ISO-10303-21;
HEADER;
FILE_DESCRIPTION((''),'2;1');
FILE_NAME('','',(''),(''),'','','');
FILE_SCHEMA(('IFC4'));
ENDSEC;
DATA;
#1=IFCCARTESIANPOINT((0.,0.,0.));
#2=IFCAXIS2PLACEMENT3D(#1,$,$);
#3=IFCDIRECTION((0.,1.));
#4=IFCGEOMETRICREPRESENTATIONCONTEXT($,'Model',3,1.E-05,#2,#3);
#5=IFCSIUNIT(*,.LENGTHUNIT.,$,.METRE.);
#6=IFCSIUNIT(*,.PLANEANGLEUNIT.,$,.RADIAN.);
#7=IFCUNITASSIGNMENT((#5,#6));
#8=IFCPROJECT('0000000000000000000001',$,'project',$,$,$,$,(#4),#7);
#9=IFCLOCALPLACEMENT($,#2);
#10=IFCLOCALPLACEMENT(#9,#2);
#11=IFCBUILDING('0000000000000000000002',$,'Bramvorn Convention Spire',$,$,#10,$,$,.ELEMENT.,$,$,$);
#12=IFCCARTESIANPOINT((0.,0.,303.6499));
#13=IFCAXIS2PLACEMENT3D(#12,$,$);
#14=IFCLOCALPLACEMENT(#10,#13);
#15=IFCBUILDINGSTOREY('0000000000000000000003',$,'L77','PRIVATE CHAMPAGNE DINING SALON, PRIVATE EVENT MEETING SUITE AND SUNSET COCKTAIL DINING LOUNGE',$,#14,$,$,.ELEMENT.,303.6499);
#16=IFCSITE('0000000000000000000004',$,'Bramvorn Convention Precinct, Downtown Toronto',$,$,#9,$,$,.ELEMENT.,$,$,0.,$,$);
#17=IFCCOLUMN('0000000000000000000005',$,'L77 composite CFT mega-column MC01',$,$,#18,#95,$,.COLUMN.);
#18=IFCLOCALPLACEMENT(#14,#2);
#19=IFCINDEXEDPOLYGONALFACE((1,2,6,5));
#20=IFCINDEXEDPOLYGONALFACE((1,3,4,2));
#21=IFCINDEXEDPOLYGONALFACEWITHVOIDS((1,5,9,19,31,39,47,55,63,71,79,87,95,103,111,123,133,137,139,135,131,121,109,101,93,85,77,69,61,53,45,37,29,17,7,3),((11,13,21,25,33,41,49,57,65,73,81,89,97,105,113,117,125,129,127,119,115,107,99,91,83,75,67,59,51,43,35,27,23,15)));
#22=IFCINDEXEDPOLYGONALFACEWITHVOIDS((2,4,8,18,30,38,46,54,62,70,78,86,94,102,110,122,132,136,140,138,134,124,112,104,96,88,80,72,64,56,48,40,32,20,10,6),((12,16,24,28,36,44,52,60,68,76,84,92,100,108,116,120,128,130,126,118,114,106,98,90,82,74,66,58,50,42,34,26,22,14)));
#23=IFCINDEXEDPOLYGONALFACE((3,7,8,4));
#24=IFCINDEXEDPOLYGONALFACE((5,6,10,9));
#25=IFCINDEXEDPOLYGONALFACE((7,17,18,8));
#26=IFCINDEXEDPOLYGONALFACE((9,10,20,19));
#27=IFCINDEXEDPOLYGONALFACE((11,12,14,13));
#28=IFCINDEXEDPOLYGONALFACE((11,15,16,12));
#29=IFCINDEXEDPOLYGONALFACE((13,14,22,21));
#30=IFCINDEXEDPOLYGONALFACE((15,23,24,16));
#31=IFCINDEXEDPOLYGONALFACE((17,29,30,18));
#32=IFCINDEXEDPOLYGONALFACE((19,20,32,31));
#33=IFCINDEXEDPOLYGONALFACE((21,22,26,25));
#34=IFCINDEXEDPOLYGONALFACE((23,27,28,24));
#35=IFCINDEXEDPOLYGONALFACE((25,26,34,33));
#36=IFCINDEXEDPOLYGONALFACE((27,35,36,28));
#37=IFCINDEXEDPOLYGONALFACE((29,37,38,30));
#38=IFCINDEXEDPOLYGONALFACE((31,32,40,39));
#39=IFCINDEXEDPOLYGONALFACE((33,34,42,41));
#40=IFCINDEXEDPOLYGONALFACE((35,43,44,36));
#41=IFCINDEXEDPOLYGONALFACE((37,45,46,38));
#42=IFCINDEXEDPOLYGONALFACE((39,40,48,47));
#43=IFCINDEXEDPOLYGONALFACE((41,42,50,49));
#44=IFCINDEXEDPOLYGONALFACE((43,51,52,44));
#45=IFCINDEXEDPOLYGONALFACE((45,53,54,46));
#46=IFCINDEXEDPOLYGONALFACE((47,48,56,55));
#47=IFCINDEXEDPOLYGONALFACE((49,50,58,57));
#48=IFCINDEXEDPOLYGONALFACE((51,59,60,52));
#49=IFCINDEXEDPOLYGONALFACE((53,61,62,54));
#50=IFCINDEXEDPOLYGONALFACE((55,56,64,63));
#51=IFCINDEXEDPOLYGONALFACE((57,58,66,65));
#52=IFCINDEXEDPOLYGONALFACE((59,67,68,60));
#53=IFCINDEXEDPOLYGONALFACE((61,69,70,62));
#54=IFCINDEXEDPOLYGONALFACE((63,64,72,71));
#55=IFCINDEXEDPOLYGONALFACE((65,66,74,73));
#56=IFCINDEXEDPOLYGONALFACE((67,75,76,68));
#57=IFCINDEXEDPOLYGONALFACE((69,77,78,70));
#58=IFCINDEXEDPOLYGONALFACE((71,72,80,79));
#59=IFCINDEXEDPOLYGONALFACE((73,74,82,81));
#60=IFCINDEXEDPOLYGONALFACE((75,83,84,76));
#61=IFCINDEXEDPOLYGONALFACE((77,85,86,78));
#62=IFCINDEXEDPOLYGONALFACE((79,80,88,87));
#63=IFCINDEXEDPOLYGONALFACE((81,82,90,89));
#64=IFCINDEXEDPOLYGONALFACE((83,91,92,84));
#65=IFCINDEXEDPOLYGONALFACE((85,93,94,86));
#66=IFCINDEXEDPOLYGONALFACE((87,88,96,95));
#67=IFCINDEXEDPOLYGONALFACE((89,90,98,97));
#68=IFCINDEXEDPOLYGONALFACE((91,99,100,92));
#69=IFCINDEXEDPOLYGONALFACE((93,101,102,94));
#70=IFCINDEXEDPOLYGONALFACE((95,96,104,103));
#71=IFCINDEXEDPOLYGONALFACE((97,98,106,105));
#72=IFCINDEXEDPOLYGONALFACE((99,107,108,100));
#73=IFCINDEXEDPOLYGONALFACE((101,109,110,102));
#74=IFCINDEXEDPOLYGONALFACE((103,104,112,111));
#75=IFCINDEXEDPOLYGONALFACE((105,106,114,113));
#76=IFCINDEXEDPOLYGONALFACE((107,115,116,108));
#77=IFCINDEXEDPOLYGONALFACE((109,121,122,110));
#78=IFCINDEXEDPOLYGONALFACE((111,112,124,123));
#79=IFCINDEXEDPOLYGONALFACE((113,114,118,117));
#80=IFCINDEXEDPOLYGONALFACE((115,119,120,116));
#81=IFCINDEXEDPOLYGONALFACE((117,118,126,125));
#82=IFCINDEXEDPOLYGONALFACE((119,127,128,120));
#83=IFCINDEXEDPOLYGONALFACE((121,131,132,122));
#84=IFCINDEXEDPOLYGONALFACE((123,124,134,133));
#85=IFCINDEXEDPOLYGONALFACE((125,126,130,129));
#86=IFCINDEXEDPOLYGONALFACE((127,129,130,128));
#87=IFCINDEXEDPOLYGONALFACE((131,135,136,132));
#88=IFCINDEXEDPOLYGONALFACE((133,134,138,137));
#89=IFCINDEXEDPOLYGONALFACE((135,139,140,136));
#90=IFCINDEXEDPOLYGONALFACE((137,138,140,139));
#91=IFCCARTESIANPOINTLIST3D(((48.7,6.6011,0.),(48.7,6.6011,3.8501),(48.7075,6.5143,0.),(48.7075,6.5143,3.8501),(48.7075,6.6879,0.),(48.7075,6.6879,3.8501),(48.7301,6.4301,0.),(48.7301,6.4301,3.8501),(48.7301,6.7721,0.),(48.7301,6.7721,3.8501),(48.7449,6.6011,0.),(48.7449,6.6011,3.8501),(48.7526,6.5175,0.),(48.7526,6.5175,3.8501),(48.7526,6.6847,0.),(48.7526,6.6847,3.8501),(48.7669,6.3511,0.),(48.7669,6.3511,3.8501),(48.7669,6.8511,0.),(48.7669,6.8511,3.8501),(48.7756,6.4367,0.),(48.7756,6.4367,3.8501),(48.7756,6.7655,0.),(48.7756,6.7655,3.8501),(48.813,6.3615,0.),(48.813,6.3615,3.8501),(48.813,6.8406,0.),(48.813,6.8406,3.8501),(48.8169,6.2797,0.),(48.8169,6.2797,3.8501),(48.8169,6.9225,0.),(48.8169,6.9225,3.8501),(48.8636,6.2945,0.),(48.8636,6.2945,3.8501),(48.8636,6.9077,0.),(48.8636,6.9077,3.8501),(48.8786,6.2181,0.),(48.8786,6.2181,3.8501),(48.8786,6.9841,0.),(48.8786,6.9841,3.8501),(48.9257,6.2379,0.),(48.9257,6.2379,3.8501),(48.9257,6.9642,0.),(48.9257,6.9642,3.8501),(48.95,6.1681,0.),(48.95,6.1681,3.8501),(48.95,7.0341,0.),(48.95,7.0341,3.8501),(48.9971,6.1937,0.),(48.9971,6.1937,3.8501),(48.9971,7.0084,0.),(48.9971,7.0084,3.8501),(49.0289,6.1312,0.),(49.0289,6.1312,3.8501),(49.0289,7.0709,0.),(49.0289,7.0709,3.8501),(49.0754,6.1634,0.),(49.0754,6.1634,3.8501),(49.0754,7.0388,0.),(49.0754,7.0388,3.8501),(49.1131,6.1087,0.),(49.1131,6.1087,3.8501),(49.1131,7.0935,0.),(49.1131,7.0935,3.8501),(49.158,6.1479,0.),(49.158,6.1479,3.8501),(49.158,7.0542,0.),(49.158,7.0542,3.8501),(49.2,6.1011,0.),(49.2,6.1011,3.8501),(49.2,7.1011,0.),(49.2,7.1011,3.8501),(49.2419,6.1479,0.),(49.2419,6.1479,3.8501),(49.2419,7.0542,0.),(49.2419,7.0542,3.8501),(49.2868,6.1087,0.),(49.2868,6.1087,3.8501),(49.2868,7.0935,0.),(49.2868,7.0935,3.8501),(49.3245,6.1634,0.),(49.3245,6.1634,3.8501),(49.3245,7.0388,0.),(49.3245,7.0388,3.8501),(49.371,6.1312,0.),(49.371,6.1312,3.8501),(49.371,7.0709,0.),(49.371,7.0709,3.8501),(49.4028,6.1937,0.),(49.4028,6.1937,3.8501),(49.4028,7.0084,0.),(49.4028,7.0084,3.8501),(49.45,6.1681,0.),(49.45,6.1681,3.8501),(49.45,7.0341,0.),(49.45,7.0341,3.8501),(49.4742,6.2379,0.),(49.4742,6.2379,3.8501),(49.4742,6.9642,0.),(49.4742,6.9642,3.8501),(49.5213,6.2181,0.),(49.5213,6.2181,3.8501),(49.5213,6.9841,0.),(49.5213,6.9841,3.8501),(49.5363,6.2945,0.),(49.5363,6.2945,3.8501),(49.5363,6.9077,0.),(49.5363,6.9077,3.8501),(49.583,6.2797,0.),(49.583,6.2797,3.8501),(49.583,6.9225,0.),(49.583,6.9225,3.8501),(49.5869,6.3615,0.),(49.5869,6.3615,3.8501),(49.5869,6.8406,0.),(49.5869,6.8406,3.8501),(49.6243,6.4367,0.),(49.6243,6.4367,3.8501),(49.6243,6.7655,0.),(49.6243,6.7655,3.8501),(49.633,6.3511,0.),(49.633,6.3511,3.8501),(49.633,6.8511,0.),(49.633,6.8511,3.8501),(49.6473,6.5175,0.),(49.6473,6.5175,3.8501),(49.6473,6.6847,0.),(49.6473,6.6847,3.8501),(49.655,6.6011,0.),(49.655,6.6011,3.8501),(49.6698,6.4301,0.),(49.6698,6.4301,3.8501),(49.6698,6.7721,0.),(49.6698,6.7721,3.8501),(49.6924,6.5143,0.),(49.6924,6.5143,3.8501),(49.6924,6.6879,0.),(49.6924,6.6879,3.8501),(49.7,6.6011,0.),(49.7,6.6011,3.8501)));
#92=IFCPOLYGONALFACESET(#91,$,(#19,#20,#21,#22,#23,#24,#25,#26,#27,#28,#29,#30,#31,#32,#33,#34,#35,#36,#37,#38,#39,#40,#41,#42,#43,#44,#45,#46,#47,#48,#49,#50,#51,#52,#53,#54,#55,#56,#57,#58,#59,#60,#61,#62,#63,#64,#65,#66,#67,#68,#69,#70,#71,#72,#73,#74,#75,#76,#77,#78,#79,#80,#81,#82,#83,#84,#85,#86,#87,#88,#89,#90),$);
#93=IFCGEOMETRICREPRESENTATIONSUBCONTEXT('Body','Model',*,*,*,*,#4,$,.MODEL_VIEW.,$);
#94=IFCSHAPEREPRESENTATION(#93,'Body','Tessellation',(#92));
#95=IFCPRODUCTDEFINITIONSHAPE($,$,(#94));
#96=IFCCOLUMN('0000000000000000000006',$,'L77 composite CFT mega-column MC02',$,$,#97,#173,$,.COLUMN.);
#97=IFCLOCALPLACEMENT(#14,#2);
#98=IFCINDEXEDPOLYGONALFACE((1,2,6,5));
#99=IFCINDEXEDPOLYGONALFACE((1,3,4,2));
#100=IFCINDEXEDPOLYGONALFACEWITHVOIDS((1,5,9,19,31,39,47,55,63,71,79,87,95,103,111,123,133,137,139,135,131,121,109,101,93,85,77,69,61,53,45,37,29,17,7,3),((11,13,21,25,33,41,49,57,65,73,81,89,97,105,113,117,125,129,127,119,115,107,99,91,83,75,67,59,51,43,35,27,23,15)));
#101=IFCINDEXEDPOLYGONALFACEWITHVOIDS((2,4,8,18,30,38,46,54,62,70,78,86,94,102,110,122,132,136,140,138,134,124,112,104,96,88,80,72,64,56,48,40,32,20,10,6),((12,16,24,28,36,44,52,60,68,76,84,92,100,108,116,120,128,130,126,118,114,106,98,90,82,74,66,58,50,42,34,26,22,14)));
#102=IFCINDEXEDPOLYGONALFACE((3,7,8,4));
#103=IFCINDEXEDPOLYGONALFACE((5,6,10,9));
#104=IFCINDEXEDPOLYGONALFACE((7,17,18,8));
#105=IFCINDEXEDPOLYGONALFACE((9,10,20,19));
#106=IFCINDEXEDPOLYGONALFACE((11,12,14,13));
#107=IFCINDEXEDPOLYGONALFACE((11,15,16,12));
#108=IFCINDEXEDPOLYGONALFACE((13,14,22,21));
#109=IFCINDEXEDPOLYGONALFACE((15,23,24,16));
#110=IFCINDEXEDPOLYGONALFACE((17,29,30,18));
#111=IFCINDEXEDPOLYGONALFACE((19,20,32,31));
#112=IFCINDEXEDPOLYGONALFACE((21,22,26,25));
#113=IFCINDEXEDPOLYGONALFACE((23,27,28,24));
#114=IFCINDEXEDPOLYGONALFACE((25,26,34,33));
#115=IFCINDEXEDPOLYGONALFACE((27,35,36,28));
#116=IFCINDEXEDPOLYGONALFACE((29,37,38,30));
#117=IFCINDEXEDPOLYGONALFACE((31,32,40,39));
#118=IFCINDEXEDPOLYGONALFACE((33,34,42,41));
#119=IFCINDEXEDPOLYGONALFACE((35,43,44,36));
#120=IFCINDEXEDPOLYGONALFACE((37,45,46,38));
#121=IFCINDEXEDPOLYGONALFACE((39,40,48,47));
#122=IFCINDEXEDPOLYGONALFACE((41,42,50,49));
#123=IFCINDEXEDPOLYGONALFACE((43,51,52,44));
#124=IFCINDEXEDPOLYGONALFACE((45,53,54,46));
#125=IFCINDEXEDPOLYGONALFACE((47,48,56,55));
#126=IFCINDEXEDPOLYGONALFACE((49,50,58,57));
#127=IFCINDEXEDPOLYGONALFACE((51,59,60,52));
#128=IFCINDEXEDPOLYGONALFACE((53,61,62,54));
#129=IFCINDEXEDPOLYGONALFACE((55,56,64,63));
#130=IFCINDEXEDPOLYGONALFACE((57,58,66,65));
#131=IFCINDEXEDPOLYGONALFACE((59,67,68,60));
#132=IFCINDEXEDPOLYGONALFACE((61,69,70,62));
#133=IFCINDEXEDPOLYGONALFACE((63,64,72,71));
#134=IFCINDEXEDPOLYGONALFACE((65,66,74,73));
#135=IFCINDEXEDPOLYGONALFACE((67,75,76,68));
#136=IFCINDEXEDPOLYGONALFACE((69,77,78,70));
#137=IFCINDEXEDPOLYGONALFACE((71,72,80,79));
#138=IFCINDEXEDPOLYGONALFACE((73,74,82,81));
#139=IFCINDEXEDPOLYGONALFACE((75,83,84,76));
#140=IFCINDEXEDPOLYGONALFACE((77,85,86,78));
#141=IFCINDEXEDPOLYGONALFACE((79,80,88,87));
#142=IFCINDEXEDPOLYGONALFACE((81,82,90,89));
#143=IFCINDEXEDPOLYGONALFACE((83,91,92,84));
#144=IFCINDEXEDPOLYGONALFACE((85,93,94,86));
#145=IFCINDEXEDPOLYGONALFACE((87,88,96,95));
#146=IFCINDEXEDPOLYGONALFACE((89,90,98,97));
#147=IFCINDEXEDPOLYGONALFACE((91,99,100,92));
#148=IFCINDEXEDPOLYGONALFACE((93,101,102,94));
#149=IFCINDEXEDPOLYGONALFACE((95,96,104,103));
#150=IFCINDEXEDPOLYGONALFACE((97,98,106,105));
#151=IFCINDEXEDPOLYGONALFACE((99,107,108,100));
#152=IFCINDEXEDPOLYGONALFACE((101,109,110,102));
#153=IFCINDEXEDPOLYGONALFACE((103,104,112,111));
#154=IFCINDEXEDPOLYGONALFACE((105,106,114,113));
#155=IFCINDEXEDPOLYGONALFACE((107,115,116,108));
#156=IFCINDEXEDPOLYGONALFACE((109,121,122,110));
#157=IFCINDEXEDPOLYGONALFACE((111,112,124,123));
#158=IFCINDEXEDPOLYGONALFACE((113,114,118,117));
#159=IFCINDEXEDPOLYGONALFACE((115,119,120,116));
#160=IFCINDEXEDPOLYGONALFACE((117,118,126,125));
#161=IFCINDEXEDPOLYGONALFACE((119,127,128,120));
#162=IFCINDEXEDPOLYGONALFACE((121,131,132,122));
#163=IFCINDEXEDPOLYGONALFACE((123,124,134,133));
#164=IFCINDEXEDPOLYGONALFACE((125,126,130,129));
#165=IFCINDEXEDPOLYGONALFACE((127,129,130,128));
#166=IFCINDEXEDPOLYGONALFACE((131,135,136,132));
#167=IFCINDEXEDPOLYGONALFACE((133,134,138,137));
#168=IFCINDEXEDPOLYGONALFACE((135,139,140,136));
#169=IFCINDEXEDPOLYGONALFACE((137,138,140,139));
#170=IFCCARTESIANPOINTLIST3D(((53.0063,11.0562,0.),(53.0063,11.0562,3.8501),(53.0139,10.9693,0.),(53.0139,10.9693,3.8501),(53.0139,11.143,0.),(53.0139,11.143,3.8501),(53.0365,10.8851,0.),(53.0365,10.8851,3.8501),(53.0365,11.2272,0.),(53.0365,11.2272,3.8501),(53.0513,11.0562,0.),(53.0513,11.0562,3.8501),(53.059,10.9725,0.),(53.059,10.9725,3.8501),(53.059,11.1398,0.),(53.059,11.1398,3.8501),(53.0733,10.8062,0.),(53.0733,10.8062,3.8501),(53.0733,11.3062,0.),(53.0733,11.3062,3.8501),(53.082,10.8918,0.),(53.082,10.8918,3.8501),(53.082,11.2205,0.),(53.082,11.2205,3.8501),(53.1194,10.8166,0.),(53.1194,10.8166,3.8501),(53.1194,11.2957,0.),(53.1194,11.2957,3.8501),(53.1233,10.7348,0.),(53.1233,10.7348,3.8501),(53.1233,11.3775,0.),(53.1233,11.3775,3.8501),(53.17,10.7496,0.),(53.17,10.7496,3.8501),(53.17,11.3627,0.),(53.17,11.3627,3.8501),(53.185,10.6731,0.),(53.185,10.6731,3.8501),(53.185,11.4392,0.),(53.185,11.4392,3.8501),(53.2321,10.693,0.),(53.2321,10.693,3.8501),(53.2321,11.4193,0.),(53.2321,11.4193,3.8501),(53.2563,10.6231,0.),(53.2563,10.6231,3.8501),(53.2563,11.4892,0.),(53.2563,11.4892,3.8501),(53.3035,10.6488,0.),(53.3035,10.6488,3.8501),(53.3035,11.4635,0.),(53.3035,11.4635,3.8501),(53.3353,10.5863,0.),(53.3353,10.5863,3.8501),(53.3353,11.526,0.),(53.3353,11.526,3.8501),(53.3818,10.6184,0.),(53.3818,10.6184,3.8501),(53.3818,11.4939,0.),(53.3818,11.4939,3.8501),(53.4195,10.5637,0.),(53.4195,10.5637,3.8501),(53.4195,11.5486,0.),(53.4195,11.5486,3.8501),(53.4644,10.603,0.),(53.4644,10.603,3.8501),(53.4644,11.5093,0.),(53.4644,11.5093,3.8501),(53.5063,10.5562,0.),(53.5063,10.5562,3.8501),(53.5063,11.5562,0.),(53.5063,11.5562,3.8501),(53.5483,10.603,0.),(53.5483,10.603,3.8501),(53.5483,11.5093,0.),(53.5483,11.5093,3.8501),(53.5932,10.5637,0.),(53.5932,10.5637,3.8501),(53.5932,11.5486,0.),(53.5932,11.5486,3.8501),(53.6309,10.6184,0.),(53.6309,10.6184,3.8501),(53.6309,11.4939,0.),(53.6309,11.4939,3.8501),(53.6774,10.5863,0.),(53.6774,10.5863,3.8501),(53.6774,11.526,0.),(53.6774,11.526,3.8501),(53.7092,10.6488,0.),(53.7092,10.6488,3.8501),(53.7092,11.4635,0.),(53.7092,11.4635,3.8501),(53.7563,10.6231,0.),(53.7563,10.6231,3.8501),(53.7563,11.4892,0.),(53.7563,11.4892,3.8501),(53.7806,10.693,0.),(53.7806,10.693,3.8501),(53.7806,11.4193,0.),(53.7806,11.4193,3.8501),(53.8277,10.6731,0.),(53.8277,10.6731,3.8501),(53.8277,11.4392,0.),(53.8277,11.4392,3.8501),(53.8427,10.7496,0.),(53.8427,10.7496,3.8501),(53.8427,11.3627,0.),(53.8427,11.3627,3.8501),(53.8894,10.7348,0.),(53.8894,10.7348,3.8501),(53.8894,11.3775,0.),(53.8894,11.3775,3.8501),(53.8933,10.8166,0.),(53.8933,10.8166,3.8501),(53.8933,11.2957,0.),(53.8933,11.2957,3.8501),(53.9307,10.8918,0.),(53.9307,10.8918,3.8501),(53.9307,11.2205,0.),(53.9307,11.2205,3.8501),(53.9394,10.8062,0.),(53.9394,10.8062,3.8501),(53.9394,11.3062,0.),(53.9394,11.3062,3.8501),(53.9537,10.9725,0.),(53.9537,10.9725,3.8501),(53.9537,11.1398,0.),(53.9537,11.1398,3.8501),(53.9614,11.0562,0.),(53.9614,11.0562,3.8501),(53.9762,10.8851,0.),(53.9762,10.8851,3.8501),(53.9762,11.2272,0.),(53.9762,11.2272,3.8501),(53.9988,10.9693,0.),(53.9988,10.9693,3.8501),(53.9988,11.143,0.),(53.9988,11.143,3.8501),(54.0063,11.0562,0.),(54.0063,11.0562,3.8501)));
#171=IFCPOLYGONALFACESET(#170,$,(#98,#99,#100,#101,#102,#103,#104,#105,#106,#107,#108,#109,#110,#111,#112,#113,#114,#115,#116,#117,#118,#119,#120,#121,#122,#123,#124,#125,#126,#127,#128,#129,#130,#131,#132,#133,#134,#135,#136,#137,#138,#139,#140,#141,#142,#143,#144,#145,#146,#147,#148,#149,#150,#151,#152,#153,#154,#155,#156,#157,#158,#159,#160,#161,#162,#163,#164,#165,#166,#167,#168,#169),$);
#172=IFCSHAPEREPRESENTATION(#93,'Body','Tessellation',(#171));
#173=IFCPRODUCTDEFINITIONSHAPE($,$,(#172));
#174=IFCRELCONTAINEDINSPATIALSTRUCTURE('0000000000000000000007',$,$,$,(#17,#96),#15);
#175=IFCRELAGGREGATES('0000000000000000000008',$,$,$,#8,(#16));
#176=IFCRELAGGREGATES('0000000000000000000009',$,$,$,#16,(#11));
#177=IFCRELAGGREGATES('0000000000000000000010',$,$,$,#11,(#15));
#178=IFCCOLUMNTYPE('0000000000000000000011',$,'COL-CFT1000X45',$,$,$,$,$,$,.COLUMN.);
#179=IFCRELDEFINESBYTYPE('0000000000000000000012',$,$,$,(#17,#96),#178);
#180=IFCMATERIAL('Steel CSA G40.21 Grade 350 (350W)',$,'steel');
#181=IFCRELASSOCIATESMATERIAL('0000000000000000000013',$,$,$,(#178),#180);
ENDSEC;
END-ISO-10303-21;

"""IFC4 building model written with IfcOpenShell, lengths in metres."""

from ifc_helpers import new_model, si_unit, direction, frame, origin, origin_2d, place, context, subcontext, project, spatial, hollow_circle, extrude, material, material_profile, profile_set, type_object, element, save


model = new_model("IFC4")

# Units and contexts
model_context = context("Model", 3, precision=1e-05, world=origin(), true_north=direction((0.0, 1.0)))
body_context = subcontext(model_context, "Body", "Model", "MODEL_VIEW")
ifc_project = project(units=[si_unit("LENGTHUNIT", "METRE"), si_unit("PLANEANGLEUNIT", "RADIAN")], contexts=[model_context])

# Site, building, storey
site_placement = place(None, origin())
site = spatial("IfcSite", under=ifc_project, at=site_placement, Name="Bramvorn Convention Precinct, Downtown Toronto", CompositionType="ELEMENT", RefElevation=0.0)
building_placement = place(site_placement, origin())
building = spatial("IfcBuilding", under=site, at=building_placement, Name="Bramvorn Convention Spire", CompositionType="ELEMENT")
storey_placement = place(building_placement, frame((0.0, 0.0, 303.6499)))
storey = spatial("IfcBuildingStorey", under=building, at=storey_placement, Name="L77", Description="PRIVATE CHAMPAGNE DINING SALON, PRIVATE EVENT MEETING SUITE AND SUNSET COCKTAIL DINING LOUNGE", CompositionType="ELEMENT", Elevation=303.6499)

# Columns
ifc_material_1 = material(Name="Steel CSA G40.21 Grade 350 (350W)", Category="steel")
ifc_material_profile_1 = material_profile(ifc_material_1, hollow_circle(Radius=0.5, WallThickness=0.0449, at=origin_2d()))
ifc_profile_set_1 = profile_set([ifc_material_profile_1], Name="Steel CSA G40.21 Grade 350 (350W) - CFT1000X45")
column_type = type_object("IfcColumnType", Name="COL-CFT1000X45", PredefinedType="COLUMN", material=ifc_profile_set_1)
for number, where, z_axis, x_axis, name in (
    (1, (49.2, 6.6011, 0.0), (0.0, 0.0, 1.0), (1.0, 0.0, 0.0), "L77 composite CFT mega-column MC01"),
    (2, (53.5063, 11.0562, 0.0), (0.0, 0.0, 1.0), (1.0, 0.0, 0.0), "L77 composite CFT mega-column MC02"),
):
    element("IfcColumn", number, at=place(storey_placement, frame(where, z_axis=z_axis, x_axis=x_axis)), inside=storey, type_object=column_type, Name=name, PredefinedType="COLUMN", context=body_context, shape_type="SweptSolid", body=[
        extrude(hollow_circle(Radius=0.5, WallThickness=0.0449, at=origin_2d()), origin(), (0.0, 0.0, 1.0), 3.8501),
    ])

save(model, "model.ifc")
